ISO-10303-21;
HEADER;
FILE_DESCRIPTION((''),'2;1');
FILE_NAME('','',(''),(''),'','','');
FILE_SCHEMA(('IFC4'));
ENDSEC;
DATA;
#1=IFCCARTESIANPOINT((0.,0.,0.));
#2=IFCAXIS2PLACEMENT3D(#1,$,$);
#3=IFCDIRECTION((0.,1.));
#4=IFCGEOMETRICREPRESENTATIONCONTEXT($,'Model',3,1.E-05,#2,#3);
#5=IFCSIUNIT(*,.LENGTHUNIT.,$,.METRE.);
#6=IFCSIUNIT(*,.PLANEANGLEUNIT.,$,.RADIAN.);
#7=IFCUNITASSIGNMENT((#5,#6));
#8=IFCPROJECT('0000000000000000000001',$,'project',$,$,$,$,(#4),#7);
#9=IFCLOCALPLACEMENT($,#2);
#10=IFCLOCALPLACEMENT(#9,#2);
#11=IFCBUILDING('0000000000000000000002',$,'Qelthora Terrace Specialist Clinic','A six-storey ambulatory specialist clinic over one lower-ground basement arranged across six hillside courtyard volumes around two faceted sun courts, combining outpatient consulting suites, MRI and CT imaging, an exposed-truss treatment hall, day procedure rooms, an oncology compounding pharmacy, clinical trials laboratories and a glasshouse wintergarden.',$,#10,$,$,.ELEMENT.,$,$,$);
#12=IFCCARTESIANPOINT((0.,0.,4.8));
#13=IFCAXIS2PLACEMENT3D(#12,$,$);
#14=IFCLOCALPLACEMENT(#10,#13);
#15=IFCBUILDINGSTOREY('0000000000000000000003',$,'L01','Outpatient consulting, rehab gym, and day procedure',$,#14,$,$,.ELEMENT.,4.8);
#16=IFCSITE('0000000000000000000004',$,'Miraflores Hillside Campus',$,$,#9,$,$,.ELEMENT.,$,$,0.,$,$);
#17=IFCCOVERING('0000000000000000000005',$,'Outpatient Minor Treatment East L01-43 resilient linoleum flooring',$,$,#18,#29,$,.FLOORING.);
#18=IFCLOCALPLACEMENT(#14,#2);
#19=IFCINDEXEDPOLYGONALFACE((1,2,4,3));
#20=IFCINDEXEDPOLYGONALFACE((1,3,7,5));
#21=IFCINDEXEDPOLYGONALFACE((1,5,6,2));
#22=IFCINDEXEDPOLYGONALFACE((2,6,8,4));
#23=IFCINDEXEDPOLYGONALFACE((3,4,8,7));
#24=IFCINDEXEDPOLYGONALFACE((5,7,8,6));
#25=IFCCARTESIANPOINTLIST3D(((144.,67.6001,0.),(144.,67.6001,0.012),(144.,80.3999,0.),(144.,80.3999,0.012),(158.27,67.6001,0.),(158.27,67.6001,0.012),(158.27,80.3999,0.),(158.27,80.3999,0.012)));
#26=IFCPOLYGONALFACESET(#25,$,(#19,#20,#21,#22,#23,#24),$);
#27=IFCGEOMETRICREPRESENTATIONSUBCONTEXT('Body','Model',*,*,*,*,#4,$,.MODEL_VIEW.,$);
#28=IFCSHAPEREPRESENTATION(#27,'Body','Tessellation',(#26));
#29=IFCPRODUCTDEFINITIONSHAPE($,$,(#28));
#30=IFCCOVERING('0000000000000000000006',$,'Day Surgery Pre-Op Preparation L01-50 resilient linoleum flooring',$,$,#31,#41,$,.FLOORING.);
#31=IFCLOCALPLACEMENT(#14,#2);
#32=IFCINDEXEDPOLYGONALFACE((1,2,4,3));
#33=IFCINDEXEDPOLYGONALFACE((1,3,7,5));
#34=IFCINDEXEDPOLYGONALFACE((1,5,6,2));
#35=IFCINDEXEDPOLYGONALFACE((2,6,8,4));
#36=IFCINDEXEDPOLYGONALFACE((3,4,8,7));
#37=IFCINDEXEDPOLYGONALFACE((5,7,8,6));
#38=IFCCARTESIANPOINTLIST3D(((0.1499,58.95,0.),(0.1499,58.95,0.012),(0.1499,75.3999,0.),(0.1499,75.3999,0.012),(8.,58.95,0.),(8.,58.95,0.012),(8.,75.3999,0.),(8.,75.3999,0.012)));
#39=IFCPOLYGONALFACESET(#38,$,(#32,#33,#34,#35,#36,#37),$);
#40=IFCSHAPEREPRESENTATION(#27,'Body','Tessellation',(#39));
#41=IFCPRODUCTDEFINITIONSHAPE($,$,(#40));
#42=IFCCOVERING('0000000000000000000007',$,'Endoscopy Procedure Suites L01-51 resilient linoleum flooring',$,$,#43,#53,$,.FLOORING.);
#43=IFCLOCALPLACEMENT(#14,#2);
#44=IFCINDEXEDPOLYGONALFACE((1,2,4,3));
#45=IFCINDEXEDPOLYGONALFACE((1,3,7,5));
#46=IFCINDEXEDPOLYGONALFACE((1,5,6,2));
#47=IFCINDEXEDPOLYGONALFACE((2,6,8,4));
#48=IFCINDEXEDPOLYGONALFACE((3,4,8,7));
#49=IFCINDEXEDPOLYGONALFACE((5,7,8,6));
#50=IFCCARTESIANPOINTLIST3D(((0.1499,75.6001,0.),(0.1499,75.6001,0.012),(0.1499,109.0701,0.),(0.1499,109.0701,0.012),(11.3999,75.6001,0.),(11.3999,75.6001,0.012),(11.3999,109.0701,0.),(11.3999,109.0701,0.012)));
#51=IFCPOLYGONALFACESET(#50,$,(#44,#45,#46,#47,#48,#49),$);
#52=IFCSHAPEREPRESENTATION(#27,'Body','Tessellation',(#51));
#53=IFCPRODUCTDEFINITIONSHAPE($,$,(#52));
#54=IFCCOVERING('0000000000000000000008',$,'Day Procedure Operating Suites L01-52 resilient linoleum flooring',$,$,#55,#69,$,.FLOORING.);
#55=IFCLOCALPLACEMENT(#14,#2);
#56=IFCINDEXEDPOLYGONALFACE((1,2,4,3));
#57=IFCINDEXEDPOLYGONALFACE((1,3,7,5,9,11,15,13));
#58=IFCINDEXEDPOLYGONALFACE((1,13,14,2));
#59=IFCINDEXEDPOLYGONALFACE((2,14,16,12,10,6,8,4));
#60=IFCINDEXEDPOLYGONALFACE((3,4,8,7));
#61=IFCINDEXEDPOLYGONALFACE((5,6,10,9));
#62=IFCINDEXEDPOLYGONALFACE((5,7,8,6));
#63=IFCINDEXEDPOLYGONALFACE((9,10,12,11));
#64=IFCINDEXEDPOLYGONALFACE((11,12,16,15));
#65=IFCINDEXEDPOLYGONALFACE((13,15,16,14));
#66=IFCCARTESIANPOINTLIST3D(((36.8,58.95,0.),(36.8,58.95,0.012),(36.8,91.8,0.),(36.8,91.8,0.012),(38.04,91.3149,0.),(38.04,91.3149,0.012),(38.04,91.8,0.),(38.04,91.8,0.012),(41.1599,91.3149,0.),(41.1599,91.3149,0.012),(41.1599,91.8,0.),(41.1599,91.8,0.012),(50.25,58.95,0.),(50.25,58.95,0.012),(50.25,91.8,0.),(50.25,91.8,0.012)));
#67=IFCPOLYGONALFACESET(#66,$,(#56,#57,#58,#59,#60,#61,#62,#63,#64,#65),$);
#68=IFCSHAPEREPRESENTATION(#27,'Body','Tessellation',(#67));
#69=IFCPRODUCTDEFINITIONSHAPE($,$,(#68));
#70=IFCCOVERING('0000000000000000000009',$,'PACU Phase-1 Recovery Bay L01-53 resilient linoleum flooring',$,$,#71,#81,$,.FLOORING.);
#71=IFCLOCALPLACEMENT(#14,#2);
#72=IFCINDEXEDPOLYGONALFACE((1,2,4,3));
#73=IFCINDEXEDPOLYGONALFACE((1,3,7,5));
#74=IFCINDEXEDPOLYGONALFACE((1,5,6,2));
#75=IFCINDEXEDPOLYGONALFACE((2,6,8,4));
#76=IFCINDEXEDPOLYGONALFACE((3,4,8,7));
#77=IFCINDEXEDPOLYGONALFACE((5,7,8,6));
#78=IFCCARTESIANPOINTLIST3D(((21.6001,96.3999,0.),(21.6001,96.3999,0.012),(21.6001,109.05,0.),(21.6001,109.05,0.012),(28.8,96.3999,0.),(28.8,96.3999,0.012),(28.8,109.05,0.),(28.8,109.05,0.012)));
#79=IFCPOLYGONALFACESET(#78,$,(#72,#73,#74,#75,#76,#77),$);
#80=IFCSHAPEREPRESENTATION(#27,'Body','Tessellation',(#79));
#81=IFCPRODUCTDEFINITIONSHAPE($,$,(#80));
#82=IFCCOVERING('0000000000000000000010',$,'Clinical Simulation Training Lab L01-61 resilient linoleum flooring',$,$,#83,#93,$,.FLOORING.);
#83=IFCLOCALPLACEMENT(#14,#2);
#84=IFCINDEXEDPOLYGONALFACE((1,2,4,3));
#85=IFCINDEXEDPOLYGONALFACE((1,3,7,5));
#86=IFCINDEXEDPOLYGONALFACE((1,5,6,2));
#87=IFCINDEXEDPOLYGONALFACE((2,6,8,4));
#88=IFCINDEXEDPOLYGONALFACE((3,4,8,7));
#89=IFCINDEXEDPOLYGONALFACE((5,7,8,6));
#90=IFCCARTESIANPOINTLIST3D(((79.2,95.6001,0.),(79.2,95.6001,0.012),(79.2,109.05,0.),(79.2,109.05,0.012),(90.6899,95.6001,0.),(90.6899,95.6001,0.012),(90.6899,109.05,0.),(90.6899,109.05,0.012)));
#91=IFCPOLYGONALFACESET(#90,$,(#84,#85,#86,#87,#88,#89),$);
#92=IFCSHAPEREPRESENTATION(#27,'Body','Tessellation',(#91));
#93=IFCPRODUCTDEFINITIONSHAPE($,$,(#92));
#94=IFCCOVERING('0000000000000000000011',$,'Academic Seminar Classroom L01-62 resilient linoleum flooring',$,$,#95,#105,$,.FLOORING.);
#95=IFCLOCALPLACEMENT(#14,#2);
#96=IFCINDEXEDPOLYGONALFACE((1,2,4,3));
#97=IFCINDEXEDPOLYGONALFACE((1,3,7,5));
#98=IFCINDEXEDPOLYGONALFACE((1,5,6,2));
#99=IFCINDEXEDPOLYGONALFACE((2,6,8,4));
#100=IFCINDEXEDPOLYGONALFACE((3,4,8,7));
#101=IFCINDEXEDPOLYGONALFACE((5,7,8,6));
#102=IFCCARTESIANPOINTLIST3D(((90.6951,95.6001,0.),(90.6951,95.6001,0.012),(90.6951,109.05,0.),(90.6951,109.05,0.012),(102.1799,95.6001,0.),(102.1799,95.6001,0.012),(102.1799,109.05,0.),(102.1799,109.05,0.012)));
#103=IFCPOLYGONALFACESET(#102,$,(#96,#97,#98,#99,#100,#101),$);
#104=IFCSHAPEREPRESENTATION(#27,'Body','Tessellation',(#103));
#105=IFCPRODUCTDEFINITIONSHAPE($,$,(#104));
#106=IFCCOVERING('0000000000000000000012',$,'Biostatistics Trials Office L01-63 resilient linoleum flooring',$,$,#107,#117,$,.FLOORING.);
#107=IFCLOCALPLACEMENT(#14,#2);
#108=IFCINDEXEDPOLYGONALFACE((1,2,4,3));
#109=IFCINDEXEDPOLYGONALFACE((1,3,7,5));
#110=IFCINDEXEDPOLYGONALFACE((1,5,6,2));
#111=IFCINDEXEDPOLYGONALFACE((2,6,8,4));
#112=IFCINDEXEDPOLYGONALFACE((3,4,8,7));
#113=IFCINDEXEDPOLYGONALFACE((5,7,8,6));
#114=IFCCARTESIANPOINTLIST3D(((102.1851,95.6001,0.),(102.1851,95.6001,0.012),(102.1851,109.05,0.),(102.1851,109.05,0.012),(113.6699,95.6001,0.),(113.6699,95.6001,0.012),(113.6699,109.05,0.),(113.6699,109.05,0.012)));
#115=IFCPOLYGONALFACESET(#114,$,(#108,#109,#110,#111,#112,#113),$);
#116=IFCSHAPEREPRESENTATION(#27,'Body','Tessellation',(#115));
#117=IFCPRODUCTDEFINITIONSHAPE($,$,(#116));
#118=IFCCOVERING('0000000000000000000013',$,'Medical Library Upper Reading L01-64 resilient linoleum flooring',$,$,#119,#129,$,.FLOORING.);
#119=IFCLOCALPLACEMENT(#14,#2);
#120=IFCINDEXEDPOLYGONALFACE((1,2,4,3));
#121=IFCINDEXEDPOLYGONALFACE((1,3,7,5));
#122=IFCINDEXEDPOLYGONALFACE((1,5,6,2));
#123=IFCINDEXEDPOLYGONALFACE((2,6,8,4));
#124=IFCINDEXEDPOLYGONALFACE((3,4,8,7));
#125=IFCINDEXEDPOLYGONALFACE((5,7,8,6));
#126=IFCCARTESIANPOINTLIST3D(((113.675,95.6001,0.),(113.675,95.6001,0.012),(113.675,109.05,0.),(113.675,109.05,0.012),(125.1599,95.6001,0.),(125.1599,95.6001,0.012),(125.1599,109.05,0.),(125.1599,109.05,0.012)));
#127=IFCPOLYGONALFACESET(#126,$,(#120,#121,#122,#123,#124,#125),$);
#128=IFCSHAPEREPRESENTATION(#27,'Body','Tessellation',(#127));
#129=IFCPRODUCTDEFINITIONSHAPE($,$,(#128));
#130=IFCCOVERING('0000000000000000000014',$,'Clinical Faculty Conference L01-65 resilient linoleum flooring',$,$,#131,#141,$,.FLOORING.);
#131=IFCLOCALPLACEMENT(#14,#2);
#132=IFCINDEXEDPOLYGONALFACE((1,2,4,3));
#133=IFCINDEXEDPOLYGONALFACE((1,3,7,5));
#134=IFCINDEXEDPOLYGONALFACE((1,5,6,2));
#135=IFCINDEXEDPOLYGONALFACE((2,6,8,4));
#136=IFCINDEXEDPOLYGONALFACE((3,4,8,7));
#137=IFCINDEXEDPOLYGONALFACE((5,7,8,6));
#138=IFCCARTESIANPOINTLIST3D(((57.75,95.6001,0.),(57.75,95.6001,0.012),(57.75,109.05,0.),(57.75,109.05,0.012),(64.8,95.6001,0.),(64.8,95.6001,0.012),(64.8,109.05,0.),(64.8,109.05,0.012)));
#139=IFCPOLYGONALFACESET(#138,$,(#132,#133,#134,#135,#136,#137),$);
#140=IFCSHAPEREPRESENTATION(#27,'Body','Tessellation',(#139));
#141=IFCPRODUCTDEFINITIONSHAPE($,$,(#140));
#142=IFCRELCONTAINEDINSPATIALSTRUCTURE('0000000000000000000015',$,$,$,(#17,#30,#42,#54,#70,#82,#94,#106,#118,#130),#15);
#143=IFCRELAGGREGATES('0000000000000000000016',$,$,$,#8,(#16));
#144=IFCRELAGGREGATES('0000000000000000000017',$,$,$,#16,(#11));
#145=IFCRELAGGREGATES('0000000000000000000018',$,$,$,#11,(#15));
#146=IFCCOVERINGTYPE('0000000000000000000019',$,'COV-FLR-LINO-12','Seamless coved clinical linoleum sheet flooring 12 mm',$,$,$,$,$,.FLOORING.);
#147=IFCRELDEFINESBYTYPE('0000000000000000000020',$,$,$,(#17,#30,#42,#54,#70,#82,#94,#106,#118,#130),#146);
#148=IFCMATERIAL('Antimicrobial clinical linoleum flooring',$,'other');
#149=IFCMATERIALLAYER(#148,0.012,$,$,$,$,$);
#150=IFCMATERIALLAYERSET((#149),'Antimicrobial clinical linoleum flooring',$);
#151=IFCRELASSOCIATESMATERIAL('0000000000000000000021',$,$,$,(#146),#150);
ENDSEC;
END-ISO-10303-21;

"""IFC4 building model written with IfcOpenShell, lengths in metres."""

from ifc_helpers import new_model, si_unit, direction, frame, origin, place, context, subcontext, project, spatial, polyline, outline, extrude, material, layer, layer_set, type_object, element, save


model = new_model("IFC4")

# Units and contexts
model_context = context("Model", 3, precision=1e-05, world=origin(), true_north=direction((0.0, 1.0)))
body_context = subcontext(model_context, "Body", "Model", "MODEL_VIEW")
ifc_project = project(units=[si_unit("LENGTHUNIT", "METRE"), si_unit("PLANEANGLEUNIT", "RADIAN")], contexts=[model_context])

# Site, building, storey
site_placement = place(None, origin())
site = spatial("IfcSite", under=ifc_project, at=site_placement, Name="Miraflores Hillside Campus", CompositionType="ELEMENT", RefElevation=0.0)
building_placement = place(site_placement, origin())
building = spatial("IfcBuilding", under=site, at=building_placement, Name="Qelthora Terrace Specialist Clinic", Description="A six-storey ambulatory specialist clinic over one lower-ground basement arranged across six hillside courtyard volumes around two faceted sun courts, combining outpatient consulting suites, MRI and CT imaging, an exposed-truss treatment hall, day procedure rooms, an oncology compounding pharmacy, clinical trials laboratories and a glasshouse wintergarden.", CompositionType="ELEMENT")
storey_placement = place(building_placement, frame((0.0, 0.0, 4.8)))
storey = spatial("IfcBuildingStorey", under=building, at=storey_placement, Name="L01", Description="Outpatient consulting, rehab gym, and day procedure", CompositionType="ELEMENT", Elevation=4.8)

# Coverings
ifc_material_1 = material(Name="Antimicrobial clinical linoleum flooring", Category="other")
ifc_layer_1 = layer(ifc_material_1, 0.012)
ifc_layer_set_1 = layer_set([ifc_layer_1], Name="Antimicrobial clinical linoleum flooring")
covering_type = type_object("IfcCoveringType", Name="COV-FLR-LINO-12", Description="Seamless coved clinical linoleum sheet flooring 12 mm", PredefinedType="FLOORING", material=ifc_layer_set_1)
covering_1_placement = place(storey_placement, origin())
element("IfcCovering", 1, at=covering_1_placement, inside=storey, type_object=covering_type, Name="Outpatient Minor Treatment East L01-43 resilient linoleum flooring", PredefinedType="FLOORING", context=body_context, shape_type="SweptSolid", body=[
    extrude(outline(polyline([(144.0, 67.6001), (144.0, 80.3999), (158.27, 80.3999), (158.27, 67.6001), (144.0, 67.6001)])), origin(), (0.0, 0.0, 1.0), 0.012),
])
covering_2_placement = place(storey_placement, origin())
element("IfcCovering", 2, at=covering_2_placement, inside=storey, type_object=covering_type, Name="Day Surgery Pre-Op Preparation L01-50 resilient linoleum flooring", PredefinedType="FLOORING", context=body_context, shape_type="SweptSolid", body=[
    extrude(outline(polyline([(0.1499, 58.95), (0.1499, 75.3999), (8.0, 75.3999), (8.0, 58.95), (0.1499, 58.95)])), origin(), (0.0, 0.0, 1.0), 0.012),
])
covering_3_placement = place(storey_placement, origin())
element("IfcCovering", 3, at=covering_3_placement, inside=storey, type_object=covering_type, Name="Endoscopy Procedure Suites L01-51 resilient linoleum flooring", PredefinedType="FLOORING", context=body_context, shape_type="SweptSolid", body=[
    extrude(outline(polyline([(11.3999, 75.6001), (0.1499, 75.6001), (0.1499, 109.0701), (11.3999, 109.0701), (11.3999, 75.6001)])), origin(), (0.0, 0.0, 1.0), 0.012),
])
covering_4_placement = place(storey_placement, origin())
element("IfcCovering", 4, at=covering_4_placement, inside=storey, type_object=covering_type, Name="Day Procedure Operating Suites L01-52 resilient linoleum flooring", PredefinedType="FLOORING", context=body_context, shape_type="SweptSolid", body=[
    extrude(outline(polyline([(41.1599, 91.3149), (41.1599, 91.8), (50.25, 91.8), (50.25, 58.95), (36.8, 58.95), (36.8, 91.8), (38.04, 91.8), (38.04, 91.3149), (41.1599, 91.3149)])), origin(), (0.0, 0.0, 1.0), 0.012),
])
covering_5_placement = place(storey_placement, origin())
element("IfcCovering", 5, at=covering_5_placement, inside=storey, type_object=covering_type, Name="PACU Phase-1 Recovery Bay L01-53 resilient linoleum flooring", PredefinedType="FLOORING", context=body_context, shape_type="SweptSolid", body=[
    extrude(outline(polyline([(21.6001, 96.3999), (21.6001, 109.05), (28.8, 109.05), (28.8, 96.3999), (21.6001, 96.3999)])), origin(), (0.0, 0.0, 1.0), 0.012),
])
covering_6_placement = place(storey_placement, origin())
element("IfcCovering", 6, at=covering_6_placement, inside=storey, type_object=covering_type, Name="Clinical Simulation Training Lab L01-61 resilient linoleum flooring", PredefinedType="FLOORING", context=body_context, shape_type="SweptSolid", body=[
    extrude(outline(polyline([(79.2, 95.6001), (79.2, 109.05), (90.6899, 109.05), (90.6899, 95.6001), (79.2, 95.6001)])), origin(), (0.0, 0.0, 1.0), 0.012),
])
covering_7_placement = place(storey_placement, origin())
element("IfcCovering", 7, at=covering_7_placement, inside=storey, type_object=covering_type, Name="Academic Seminar Classroom L01-62 resilient linoleum flooring", PredefinedType="FLOORING", context=body_context, shape_type="SweptSolid", body=[
    extrude(outline(polyline([(90.6951, 95.6001), (90.6951, 109.05), (102.1799, 109.05), (102.1799, 95.6001), (90.6951, 95.6001)])), origin(), (0.0, 0.0, 1.0), 0.012),
])
covering_8_placement = place(storey_placement, origin())
element("IfcCovering", 8, at=covering_8_placement, inside=storey, type_object=covering_type, Name="Biostatistics Trials Office L01-63 resilient linoleum flooring", PredefinedType="FLOORING", context=body_context, shape_type="SweptSolid", body=[
    extrude(outline(polyline([(102.1851, 95.6001), (102.1851, 109.05), (113.6699, 109.05), (113.6699, 95.6001), (102.1851, 95.6001)])), origin(), (0.0, 0.0, 1.0), 0.012),
])
covering_9_placement = place(storey_placement, origin())
element("IfcCovering", 9, at=covering_9_placement, inside=storey, type_object=covering_type, Name="Medical Library Upper Reading L01-64 resilient linoleum flooring", PredefinedType="FLOORING", context=body_context, shape_type="SweptSolid", body=[
    extrude(outline(polyline([(113.675, 95.6001), (113.675, 109.05), (125.1599, 109.05), (125.1599, 95.6001), (113.675, 95.6001)])), origin(), (0.0, 0.0, 1.0), 0.012),
])
covering_10_placement = place(storey_placement, origin())
element("IfcCovering", 10, at=covering_10_placement, inside=storey, type_object=covering_type, Name="Clinical Faculty Conference L01-65 resilient linoleum flooring", PredefinedType="FLOORING", context=body_context, shape_type="SweptSolid", body=[
    extrude(outline(polyline([(57.75, 95.6001), (57.75, 109.05), (64.8, 109.05), (64.8, 95.6001), (57.75, 95.6001)])), origin(), (0.0, 0.0, 1.0), 0.012),
])

save(model, "model.ifc")
